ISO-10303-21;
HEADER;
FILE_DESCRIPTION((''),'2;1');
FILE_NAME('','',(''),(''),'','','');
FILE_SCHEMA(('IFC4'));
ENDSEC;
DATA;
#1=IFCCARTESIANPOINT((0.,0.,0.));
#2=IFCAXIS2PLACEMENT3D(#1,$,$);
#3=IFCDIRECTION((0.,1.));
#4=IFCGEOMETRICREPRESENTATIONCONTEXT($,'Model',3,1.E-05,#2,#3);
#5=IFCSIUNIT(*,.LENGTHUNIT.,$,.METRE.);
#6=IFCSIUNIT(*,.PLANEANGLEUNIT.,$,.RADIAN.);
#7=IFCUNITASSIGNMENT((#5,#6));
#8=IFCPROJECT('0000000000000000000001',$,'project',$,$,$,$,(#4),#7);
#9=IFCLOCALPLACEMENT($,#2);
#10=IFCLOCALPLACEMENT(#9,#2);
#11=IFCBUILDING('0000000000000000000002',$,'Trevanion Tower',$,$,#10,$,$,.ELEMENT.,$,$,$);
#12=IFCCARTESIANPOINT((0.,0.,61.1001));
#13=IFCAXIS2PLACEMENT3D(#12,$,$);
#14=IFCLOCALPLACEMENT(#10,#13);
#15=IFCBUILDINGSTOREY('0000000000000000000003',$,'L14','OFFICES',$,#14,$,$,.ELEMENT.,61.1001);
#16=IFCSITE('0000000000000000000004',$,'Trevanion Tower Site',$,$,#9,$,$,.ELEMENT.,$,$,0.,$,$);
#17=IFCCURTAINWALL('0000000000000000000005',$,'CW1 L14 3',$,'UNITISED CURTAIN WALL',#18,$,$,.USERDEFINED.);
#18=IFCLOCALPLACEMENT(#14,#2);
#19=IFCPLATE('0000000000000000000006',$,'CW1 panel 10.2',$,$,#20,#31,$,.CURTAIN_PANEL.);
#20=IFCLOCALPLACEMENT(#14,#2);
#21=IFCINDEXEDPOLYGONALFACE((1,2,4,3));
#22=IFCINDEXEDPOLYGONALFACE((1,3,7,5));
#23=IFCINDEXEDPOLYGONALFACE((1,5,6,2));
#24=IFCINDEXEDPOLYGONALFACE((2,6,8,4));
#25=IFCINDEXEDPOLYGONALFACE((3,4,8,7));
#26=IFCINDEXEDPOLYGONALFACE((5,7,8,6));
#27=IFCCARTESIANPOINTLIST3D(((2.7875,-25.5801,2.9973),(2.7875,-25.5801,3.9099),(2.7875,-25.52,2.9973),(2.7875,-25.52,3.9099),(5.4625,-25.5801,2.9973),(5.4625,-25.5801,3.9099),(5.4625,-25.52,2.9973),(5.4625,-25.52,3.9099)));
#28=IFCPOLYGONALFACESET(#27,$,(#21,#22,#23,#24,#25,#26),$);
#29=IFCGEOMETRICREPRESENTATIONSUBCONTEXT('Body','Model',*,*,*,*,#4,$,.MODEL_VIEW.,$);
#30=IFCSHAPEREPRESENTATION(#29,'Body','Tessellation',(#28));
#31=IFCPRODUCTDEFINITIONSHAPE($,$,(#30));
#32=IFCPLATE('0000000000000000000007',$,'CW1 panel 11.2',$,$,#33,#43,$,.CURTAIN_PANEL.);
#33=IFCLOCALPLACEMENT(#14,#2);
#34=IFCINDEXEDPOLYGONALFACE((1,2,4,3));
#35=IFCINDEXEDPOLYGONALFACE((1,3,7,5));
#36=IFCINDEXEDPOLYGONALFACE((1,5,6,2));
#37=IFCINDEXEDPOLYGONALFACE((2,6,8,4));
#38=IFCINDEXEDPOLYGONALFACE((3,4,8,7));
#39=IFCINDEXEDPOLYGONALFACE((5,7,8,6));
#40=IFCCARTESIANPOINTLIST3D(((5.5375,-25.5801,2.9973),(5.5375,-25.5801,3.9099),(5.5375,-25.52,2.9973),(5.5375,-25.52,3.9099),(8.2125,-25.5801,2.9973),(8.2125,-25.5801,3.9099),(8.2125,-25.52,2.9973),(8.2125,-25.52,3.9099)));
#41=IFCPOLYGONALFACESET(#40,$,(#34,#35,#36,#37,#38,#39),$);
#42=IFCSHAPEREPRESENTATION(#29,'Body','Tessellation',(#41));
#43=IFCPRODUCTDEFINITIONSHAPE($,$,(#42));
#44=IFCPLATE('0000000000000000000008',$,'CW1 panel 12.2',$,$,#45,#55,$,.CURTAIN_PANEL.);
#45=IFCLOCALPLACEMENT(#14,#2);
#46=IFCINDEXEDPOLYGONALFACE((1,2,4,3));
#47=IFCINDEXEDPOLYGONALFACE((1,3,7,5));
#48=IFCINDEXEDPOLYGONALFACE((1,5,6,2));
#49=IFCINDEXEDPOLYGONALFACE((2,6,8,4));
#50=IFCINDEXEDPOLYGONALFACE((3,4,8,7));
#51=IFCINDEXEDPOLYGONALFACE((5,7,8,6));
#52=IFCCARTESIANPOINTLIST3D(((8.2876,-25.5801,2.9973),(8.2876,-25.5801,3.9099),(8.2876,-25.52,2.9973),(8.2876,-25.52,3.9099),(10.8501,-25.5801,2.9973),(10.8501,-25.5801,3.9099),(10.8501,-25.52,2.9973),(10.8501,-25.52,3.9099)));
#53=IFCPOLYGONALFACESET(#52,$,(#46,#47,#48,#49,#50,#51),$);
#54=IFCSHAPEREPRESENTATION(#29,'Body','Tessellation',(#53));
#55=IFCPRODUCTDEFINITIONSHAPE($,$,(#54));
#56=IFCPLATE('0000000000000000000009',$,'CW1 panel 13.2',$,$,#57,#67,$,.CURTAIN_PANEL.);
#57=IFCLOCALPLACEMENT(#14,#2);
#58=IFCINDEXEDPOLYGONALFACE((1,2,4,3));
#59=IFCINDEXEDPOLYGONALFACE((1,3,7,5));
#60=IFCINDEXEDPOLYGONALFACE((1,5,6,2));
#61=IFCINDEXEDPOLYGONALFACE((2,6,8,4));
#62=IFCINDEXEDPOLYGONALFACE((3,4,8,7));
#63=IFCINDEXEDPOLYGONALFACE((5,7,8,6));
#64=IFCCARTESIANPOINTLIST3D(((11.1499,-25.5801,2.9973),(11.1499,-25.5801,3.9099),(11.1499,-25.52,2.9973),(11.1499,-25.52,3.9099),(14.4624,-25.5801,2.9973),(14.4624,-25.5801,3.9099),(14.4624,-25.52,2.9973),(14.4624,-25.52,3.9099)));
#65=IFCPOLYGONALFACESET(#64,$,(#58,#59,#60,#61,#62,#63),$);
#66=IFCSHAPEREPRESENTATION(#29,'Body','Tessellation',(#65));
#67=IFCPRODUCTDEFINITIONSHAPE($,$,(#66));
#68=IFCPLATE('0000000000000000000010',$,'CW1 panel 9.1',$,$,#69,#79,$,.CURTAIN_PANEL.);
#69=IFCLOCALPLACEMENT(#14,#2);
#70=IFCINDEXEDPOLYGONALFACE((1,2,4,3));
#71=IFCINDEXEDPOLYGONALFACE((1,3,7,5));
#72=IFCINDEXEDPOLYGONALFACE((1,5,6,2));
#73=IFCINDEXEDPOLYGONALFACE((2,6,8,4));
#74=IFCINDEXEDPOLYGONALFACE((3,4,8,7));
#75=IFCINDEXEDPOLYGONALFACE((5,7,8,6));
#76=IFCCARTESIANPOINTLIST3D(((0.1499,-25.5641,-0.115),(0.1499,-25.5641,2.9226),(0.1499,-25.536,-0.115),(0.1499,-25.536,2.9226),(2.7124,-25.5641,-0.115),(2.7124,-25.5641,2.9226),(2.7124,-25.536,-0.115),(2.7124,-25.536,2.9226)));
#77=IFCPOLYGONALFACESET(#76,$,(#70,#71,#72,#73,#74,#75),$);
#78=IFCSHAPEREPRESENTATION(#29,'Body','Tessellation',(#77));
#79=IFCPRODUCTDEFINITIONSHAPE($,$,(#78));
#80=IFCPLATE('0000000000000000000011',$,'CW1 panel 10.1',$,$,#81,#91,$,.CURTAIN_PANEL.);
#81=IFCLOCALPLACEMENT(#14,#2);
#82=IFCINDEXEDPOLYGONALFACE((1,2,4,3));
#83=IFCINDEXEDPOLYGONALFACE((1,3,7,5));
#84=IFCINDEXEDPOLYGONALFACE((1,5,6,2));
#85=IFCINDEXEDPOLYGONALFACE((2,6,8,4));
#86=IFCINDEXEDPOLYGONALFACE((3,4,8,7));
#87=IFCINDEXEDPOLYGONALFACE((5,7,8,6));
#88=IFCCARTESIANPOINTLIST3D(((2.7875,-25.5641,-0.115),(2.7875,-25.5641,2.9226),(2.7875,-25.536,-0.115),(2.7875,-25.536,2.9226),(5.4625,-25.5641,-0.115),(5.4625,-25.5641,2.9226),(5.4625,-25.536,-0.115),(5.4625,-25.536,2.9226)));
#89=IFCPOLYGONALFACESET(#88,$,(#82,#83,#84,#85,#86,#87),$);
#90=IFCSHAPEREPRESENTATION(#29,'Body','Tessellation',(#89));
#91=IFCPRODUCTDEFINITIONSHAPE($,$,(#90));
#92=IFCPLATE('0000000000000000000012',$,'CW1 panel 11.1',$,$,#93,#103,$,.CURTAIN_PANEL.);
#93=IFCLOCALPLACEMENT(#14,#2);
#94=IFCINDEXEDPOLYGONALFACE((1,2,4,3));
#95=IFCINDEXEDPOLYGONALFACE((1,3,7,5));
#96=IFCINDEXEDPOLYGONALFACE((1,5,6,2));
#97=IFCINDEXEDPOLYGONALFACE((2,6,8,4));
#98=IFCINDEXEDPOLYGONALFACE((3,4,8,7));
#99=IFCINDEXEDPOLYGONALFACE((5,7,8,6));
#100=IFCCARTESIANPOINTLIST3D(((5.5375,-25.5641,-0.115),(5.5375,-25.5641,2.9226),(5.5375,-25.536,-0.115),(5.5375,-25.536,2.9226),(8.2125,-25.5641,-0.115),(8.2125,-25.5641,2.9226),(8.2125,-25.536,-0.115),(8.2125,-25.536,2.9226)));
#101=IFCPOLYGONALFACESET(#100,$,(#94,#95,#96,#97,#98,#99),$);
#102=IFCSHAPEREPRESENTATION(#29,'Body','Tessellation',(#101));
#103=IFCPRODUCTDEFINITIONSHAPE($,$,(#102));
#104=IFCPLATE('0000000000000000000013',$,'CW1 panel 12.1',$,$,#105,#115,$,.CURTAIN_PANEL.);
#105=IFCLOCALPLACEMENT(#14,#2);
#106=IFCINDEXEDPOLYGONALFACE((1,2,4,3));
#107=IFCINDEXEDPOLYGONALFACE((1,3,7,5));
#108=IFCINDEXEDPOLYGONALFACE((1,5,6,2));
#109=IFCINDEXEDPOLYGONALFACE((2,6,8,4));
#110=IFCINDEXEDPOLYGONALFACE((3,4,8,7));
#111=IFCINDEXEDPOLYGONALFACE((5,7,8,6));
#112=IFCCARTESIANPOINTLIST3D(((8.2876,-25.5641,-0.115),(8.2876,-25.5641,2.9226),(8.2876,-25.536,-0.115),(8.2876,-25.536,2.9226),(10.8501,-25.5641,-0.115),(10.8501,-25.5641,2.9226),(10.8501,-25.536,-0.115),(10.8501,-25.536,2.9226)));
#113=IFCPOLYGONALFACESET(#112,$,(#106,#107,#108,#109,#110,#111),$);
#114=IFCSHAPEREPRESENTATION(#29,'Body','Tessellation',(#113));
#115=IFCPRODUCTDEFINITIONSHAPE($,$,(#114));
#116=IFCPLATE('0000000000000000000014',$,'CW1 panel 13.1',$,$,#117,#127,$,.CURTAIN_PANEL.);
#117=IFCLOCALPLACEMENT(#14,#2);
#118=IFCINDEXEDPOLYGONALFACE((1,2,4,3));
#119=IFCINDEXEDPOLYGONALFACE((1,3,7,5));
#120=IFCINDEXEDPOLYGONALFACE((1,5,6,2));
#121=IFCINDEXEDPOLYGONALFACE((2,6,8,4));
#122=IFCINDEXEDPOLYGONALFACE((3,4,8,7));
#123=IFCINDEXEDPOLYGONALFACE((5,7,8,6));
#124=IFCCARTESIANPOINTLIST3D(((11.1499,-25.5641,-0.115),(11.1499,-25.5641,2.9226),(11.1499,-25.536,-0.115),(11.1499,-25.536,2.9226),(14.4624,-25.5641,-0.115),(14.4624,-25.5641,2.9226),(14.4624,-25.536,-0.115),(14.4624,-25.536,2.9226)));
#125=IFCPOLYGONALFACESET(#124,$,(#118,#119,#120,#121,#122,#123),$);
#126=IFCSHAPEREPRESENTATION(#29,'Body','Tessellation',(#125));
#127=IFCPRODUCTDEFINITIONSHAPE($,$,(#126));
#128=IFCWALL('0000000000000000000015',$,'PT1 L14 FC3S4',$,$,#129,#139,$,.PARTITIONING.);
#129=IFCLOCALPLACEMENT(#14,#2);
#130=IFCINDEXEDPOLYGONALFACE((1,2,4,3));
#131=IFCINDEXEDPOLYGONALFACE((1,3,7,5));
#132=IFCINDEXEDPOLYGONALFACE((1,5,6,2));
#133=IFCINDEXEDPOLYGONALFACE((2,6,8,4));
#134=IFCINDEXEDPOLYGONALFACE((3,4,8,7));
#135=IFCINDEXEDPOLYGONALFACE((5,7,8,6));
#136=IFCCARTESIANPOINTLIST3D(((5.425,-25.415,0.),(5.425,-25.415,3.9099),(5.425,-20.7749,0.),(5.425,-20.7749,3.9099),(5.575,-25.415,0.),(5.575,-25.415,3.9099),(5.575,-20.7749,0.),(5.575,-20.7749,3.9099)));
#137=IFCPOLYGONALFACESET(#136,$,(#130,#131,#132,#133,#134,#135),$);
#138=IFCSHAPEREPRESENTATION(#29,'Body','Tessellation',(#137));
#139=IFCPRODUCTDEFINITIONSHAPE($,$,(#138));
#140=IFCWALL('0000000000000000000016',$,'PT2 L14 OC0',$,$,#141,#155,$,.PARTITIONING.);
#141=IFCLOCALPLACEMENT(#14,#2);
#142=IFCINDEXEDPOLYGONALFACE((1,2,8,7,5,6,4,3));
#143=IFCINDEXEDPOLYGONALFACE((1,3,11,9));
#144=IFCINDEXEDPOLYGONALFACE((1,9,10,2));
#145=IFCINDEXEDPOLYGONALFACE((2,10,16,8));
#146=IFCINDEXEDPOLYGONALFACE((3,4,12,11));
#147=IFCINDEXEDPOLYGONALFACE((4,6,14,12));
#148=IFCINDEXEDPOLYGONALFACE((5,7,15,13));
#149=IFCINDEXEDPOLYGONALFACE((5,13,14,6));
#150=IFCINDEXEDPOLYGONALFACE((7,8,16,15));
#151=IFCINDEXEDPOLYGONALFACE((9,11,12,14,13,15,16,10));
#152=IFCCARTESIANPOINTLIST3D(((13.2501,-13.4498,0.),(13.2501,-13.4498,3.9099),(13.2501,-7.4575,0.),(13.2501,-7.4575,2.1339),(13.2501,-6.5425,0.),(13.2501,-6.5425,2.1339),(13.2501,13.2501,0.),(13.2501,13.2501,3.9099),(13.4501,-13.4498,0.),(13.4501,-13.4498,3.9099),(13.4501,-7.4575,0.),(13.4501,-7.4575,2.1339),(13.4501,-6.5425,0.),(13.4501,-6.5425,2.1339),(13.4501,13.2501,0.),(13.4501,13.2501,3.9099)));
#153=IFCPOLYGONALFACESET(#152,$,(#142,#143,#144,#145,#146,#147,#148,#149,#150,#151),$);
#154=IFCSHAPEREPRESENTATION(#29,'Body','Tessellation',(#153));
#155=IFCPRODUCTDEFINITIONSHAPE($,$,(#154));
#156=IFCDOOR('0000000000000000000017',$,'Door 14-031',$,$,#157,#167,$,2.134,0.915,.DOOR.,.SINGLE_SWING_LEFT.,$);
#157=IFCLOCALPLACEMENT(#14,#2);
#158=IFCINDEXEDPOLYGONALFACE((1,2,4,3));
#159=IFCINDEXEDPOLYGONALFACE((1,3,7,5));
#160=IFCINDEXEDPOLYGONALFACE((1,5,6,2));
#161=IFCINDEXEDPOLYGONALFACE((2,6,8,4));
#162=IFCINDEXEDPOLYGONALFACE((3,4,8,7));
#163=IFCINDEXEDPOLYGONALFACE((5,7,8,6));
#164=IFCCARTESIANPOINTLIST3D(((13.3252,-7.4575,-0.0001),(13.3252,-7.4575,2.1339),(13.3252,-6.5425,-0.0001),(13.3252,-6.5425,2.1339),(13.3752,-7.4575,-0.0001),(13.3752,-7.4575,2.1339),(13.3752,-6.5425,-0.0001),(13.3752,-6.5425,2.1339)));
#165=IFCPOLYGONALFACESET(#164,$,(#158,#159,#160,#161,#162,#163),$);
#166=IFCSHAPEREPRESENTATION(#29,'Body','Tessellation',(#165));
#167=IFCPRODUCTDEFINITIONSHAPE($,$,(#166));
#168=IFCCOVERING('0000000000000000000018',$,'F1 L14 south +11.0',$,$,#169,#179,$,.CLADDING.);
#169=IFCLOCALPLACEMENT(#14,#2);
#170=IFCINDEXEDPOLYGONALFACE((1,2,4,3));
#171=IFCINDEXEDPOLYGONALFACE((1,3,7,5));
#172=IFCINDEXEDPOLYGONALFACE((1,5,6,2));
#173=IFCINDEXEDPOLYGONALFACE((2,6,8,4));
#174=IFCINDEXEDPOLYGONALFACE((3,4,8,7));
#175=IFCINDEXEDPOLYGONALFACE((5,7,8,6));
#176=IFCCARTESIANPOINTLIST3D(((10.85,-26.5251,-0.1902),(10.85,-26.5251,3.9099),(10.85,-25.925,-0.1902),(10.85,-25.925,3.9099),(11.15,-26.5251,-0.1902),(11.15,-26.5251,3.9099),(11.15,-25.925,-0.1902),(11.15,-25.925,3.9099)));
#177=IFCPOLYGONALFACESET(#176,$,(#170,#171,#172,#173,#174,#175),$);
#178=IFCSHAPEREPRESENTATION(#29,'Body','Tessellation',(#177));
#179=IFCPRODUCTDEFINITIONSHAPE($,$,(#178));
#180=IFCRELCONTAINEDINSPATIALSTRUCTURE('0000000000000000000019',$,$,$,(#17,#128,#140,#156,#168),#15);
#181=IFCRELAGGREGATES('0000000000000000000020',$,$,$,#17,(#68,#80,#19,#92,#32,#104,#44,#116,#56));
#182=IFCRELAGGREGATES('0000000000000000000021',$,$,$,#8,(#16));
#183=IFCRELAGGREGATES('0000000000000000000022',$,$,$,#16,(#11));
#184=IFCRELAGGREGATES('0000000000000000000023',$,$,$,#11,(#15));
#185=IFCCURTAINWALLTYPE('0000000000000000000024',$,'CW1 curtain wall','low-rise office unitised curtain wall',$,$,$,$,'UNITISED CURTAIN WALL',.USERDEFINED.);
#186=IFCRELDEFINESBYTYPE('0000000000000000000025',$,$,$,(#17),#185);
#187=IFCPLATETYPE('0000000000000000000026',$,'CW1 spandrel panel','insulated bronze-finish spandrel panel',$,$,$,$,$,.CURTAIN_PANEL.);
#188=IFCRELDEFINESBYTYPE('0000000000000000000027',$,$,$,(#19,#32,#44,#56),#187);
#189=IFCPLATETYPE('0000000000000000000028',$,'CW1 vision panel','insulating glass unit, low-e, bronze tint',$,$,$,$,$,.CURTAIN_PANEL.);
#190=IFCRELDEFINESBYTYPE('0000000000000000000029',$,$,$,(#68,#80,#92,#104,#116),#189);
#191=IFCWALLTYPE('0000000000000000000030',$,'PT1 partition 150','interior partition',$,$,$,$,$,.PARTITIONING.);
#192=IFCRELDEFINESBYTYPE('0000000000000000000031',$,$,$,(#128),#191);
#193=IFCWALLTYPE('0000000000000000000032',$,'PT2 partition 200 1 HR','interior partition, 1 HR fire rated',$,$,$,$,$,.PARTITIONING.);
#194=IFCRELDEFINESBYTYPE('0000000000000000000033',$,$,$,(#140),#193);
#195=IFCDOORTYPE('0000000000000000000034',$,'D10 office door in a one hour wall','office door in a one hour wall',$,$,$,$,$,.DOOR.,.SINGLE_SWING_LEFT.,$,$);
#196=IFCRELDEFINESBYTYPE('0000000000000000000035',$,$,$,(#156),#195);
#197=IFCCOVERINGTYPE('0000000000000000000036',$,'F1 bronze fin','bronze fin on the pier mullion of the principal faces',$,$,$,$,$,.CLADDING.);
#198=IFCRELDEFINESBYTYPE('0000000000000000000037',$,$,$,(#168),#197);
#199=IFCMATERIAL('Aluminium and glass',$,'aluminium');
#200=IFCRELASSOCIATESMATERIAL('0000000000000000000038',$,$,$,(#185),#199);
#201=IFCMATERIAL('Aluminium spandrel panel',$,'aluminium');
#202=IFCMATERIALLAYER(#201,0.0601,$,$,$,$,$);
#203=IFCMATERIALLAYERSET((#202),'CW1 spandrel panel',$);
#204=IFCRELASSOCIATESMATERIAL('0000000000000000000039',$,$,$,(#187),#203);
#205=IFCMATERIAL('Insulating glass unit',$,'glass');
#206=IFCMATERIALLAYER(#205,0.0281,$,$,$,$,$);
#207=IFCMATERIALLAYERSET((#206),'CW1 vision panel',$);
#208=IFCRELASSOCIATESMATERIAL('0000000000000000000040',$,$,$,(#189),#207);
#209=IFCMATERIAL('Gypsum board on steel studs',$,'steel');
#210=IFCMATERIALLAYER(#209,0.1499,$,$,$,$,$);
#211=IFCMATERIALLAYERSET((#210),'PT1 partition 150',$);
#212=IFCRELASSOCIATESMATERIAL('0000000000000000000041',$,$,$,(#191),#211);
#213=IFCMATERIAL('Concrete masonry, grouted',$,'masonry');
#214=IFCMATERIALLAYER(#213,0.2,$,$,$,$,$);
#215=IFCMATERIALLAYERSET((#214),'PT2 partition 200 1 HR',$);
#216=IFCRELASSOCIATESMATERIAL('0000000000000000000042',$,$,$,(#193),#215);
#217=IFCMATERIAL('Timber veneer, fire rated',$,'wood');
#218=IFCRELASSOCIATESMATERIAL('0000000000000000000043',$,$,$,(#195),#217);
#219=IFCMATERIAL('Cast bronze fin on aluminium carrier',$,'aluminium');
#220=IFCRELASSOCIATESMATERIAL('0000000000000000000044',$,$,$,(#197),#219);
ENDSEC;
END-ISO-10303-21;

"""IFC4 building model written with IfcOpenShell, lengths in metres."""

from ifc_helpers import new_model, si_unit, direction, frame, frame_2d, origin, origin_2d, place, context, subcontext, project, spatial, rectangle, extrude, material, layer, layer_set, type_object, element, fill, aggregate, save


model = new_model("IFC4")

# Units and contexts
model_context = context("Model", 3, precision=1e-05, world=origin(), true_north=direction((0.0, 1.0)))
body_context = subcontext(model_context, "Body", "Model", "MODEL_VIEW")
ifc_project = project(units=[si_unit("LENGTHUNIT", "METRE"), si_unit("PLANEANGLEUNIT", "RADIAN")], contexts=[model_context])

# Site, building, storey
site_placement = place(None, origin())
site = spatial("IfcSite", under=ifc_project, at=site_placement, Name="Trevanion Tower Site", CompositionType="ELEMENT", RefElevation=0.0)
building_placement = place(site_placement, origin())
building = spatial("IfcBuilding", under=site, at=building_placement, Name="Trevanion Tower", CompositionType="ELEMENT")
storey_placement = place(building_placement, frame((0.0, 0.0, 61.1001)))
storey = spatial("IfcBuildingStorey", under=building, at=storey_placement, Name="L14", Description="OFFICES", CompositionType="ELEMENT", Elevation=61.1001)

# Curtain wall
ifc_material_1 = material(Name="Aluminium and glass", Category="aluminium")
curtain_wall_type = type_object("IfcCurtainWallType", Name="CW1 curtain wall", Description="low-rise office unitised curtain wall", ElementType="UNITISED CURTAIN WALL", PredefinedType="USERDEFINED", material=ifc_material_1)
curtain_wall_placement = place(storey_placement, origin())
curtain_wall = element("IfcCurtainWall", 1, at=curtain_wall_placement, inside=storey, type_object=curtain_wall_type, Name="CW1 L14 3", ObjectType="UNITISED CURTAIN WALL", PredefinedType="USERDEFINED")

# Plates
ifc_material_2 = material(Name="Aluminium spandrel panel", Category="aluminium")
ifc_layer_1 = layer(ifc_material_2, 0.0601)
ifc_layer_set_1 = layer_set([ifc_layer_1], Name="CW1 spandrel panel")
plate_type_1 = type_object("IfcPlateType", Name="CW1 spandrel panel", Description="insulated bronze-finish spandrel panel", PredefinedType="CURTAIN_PANEL", material=ifc_layer_set_1)
plate_1_placement = place(storey_placement, frame((4.125, -25.55, 2.9973), z_axis=(0.0, 0.0, 1.0), x_axis=(1.0, 0.0, 0.0)))
plate_1 = element("IfcPlate", 2, at=plate_1_placement, type_object=plate_type_1, Name="CW1 panel 10.2", PredefinedType="CURTAIN_PANEL", context=body_context, shape_type="SweptSolid", body=[
    extrude(rectangle(XDim=2.675, YDim=0.0601, at=origin_2d()), origin(), (0.0, 0.0, 1.0), 0.9126),
])
plate_2_placement = place(storey_placement, frame((6.875, -25.55, 2.9973), z_axis=(0.0, 0.0, 1.0), x_axis=(1.0, 0.0, 0.0)))
plate_2 = element("IfcPlate", 3, at=plate_2_placement, type_object=plate_type_1, Name="CW1 panel 11.2", PredefinedType="CURTAIN_PANEL", context=body_context, shape_type="SweptSolid", body=[
    extrude(rectangle(XDim=2.675, YDim=0.0601, at=origin_2d()), origin(), (0.0, 0.0, 1.0), 0.9126),
])
plate_3_placement = place(storey_placement, frame((9.5688, -25.55, 2.9973), z_axis=(0.0, 0.0, 1.0), x_axis=(1.0, 0.0, 0.0)))
plate_3 = element("IfcPlate", 4, at=plate_3_placement, type_object=plate_type_1, Name="CW1 panel 12.2", PredefinedType="CURTAIN_PANEL", context=body_context, shape_type="SweptSolid", body=[
    extrude(rectangle(XDim=2.5625, YDim=0.0601, at=origin_2d()), origin(), (0.0, 0.0, 1.0), 0.9126),
])
plate_4_placement = place(storey_placement, frame((12.8062, -25.55, 2.9973), z_axis=(0.0, 0.0, 1.0), x_axis=(1.0, 0.0, 0.0)))
plate_4 = element("IfcPlate", 5, at=plate_4_placement, type_object=plate_type_1, Name="CW1 panel 13.2", PredefinedType="CURTAIN_PANEL", context=body_context, shape_type="SweptSolid", body=[
    extrude(rectangle(XDim=3.3125, YDim=0.0601, at=origin_2d()), origin(), (0.0, 0.0, 1.0), 0.9126),
])
ifc_material_3 = material(Name="Insulating glass unit", Category="glass")
ifc_layer_2 = layer(ifc_material_3, 0.0281)
ifc_layer_set_2 = layer_set([ifc_layer_2], Name="CW1 vision panel")
plate_type_2 = type_object("IfcPlateType", Name="CW1 vision panel", Description="insulating glass unit, low-e, bronze tint", PredefinedType="CURTAIN_PANEL", material=ifc_layer_set_2)
plate_5_placement = place(storey_placement, frame((1.4312, -25.55, -0.115), z_axis=(0.0, 0.0, 1.0), x_axis=(1.0, 0.0, 0.0)))
plate_5 = element("IfcPlate", 6, at=plate_5_placement, type_object=plate_type_2, Name="CW1 panel 9.1", PredefinedType="CURTAIN_PANEL", context=body_context, shape_type="SweptSolid", body=[
    extrude(rectangle(XDim=2.5625, YDim=0.0281, at=origin_2d()), origin(), (0.0, 0.0, 1.0), 3.0376),
])
plate_6_placement = place(storey_placement, frame((4.125, -25.55, -0.115), z_axis=(0.0, 0.0, 1.0), x_axis=(1.0, 0.0, 0.0)))
plate_6 = element("IfcPlate", 7, at=plate_6_placement, type_object=plate_type_2, Name="CW1 panel 10.1", PredefinedType="CURTAIN_PANEL", context=body_context, shape_type="SweptSolid", body=[
    extrude(rectangle(XDim=2.675, YDim=0.0281, at=origin_2d()), origin(), (0.0, 0.0, 1.0), 3.0376),
])
plate_7_placement = place(storey_placement, frame((6.875, -25.55, -0.115), z_axis=(0.0, 0.0, 1.0), x_axis=(1.0, 0.0, 0.0)))
plate_7 = element("IfcPlate", 8, at=plate_7_placement, type_object=plate_type_2, Name="CW1 panel 11.1", PredefinedType="CURTAIN_PANEL", context=body_context, shape_type="SweptSolid", body=[
    extrude(rectangle(XDim=2.675, YDim=0.0281, at=origin_2d()), origin(), (0.0, 0.0, 1.0), 3.0376),
])
plate_8_placement = place(storey_placement, frame((9.5688, -25.55, -0.115), z_axis=(0.0, 0.0, 1.0), x_axis=(1.0, 0.0, 0.0)))
plate_8 = element("IfcPlate", 9, at=plate_8_placement, type_object=plate_type_2, Name="CW1 panel 12.1", PredefinedType="CURTAIN_PANEL", context=body_context, shape_type="SweptSolid", body=[
    extrude(rectangle(XDim=2.5625, YDim=0.0281, at=origin_2d()), origin(), (0.0, 0.0, 1.0), 3.0376),
])
plate_9_placement = place(storey_placement, frame((12.8062, -25.55, -0.115), z_axis=(0.0, 0.0, 1.0), x_axis=(1.0, 0.0, 0.0)))
plate_9 = element("IfcPlate", 10, at=plate_9_placement, type_object=plate_type_2, Name="CW1 panel 13.1", PredefinedType="CURTAIN_PANEL", context=body_context, shape_type="SweptSolid", body=[
    extrude(rectangle(XDim=3.3125, YDim=0.0281, at=origin_2d()), origin(), (0.0, 0.0, 1.0), 3.0376),
])
aggregate(curtain_wall, [plate_5, plate_6, plate_1, plate_7, plate_2, plate_8, plate_3, plate_9, plate_4])

# Wall
ifc_material_4 = material(Name="Gypsum board on steel studs", Category="steel")
ifc_layer_3 = layer(ifc_material_4, 0.1499)
ifc_layer_set_3 = layer_set([ifc_layer_3], Name="PT1 partition 150")
wall_type_1 = type_object("IfcWallType", Name="PT1 partition 150", Description="interior partition", PredefinedType="PARTITIONING", material=ifc_layer_set_3)
wall_1_placement = place(storey_placement, frame((5.5, -20.7749, 0.0), z_axis=(0.0, 0.0, 1.0), x_axis=(0.0, -1.0, 0.0)))
element("IfcWall", 11, at=wall_1_placement, inside=storey, type_object=wall_type_1, Name="PT1 L14 FC3S4", PredefinedType="PARTITIONING", context=body_context, shape_type="SweptSolid", body=[
    extrude(rectangle(XDim=4.6401, YDim=0.1499, at=frame_2d((2.3201, 0.0))), origin(), (0.0, 0.0, 1.0), 3.9099),
])

# Wall, opening, door
ifc_material_5 = material(Name="Concrete masonry, grouted", Category="masonry")
ifc_layer_4 = layer(ifc_material_5, 0.2)
ifc_layer_set_4 = layer_set([ifc_layer_4], Name="PT2 partition 200 1 HR")
wall_type_2 = type_object("IfcWallType", Name="PT2 partition 200 1 HR", Description="interior partition, 1 HR fire rated", PredefinedType="PARTITIONING", material=ifc_layer_set_4)
wall_2_placement = place(storey_placement, frame((13.3501, -13.45, 0.0), z_axis=(0.0, 0.0, 1.0), x_axis=(0.0, 1.0, 0.0)))
wall_2 = element("IfcWall", 12, at=wall_2_placement, inside=storey, type_object=wall_type_2, Name="PT2 L14 OC0", PredefinedType="PARTITIONING", context=body_context, shape_type="SweptSolid", body=[
    extrude(rectangle(XDim=26.7, YDim=0.2, at=frame_2d((13.3501, 0.0))), origin(), (0.0, 0.0, 1.0), 3.9099),
])
opening_placement = place(wall_2_placement, frame((5.9924, 0.0, 0.0)))
opening = element("IfcOpeningElement", 13, at=opening_placement, cuts=wall_2, PredefinedType="OPENING", context=body_context, shape_type="SweptSolid", body=[
    extrude(rectangle(XDim=0.915, YDim=2.134, at=frame_2d((0.4575, 1.0669))), frame((0.0, 0.1099, 0.0), z_axis=(0.0, -1.0, 0.0), x_axis=(1.0, 0.0, 0.0)), (0.0, 0.0, 1.0), 0.22),
])
ifc_material_6 = material(Name="Timber veneer, fire rated", Category="wood")
door_type = type_object("IfcDoorType", Name="D10 office door in a one hour wall", Description="office door in a one hour wall", OperationType="SINGLE_SWING_LEFT", PredefinedType="DOOR", material=ifc_material_6)
door_placement = place(opening_placement, origin())
door = element("IfcDoor", 14, at=door_placement, inside=storey, type_object=door_type, Name="Door 14-031", OperationType="SINGLE_SWING_LEFT", OverallHeight=2.134, OverallWidth=0.915, PredefinedType="DOOR", context=body_context, shape_type="SweptSolid", body=[
    extrude(rectangle(XDim=0.915, YDim=2.134, at=frame_2d((0.4575, 1.0669))), frame((0.0, 0.0249, 0.0), z_axis=(0.0, -1.0, 0.0), x_axis=(1.0, 0.0, 0.0)), (0.0, 0.0, 1.0), 0.05),
])
fill(opening, door)

# Covering
ifc_material_7 = material(Name="Cast bronze fin on aluminium carrier", Category="aluminium")
covering_type = type_object("IfcCoveringType", Name="F1 bronze fin", Description="bronze fin on the pier mullion of the principal faces", PredefinedType="CLADDING", material=ifc_material_7)
covering_placement = place(storey_placement, frame((11.0, -26.2251, -0.1902), z_axis=(0.0, 0.0, 1.0), x_axis=(1.0, 0.0, 0.0)))
element("IfcCovering", 15, at=covering_placement, inside=storey, type_object=covering_type, Name="F1 L14 south +11.0", PredefinedType="CLADDING", context=body_context, shape_type="SweptSolid", body=[
    extrude(rectangle(XDim=0.3, YDim=0.6001, at=origin_2d()), origin(), (0.0, 0.0, 1.0), 4.1001),
])

save(model, "model.ifc")
